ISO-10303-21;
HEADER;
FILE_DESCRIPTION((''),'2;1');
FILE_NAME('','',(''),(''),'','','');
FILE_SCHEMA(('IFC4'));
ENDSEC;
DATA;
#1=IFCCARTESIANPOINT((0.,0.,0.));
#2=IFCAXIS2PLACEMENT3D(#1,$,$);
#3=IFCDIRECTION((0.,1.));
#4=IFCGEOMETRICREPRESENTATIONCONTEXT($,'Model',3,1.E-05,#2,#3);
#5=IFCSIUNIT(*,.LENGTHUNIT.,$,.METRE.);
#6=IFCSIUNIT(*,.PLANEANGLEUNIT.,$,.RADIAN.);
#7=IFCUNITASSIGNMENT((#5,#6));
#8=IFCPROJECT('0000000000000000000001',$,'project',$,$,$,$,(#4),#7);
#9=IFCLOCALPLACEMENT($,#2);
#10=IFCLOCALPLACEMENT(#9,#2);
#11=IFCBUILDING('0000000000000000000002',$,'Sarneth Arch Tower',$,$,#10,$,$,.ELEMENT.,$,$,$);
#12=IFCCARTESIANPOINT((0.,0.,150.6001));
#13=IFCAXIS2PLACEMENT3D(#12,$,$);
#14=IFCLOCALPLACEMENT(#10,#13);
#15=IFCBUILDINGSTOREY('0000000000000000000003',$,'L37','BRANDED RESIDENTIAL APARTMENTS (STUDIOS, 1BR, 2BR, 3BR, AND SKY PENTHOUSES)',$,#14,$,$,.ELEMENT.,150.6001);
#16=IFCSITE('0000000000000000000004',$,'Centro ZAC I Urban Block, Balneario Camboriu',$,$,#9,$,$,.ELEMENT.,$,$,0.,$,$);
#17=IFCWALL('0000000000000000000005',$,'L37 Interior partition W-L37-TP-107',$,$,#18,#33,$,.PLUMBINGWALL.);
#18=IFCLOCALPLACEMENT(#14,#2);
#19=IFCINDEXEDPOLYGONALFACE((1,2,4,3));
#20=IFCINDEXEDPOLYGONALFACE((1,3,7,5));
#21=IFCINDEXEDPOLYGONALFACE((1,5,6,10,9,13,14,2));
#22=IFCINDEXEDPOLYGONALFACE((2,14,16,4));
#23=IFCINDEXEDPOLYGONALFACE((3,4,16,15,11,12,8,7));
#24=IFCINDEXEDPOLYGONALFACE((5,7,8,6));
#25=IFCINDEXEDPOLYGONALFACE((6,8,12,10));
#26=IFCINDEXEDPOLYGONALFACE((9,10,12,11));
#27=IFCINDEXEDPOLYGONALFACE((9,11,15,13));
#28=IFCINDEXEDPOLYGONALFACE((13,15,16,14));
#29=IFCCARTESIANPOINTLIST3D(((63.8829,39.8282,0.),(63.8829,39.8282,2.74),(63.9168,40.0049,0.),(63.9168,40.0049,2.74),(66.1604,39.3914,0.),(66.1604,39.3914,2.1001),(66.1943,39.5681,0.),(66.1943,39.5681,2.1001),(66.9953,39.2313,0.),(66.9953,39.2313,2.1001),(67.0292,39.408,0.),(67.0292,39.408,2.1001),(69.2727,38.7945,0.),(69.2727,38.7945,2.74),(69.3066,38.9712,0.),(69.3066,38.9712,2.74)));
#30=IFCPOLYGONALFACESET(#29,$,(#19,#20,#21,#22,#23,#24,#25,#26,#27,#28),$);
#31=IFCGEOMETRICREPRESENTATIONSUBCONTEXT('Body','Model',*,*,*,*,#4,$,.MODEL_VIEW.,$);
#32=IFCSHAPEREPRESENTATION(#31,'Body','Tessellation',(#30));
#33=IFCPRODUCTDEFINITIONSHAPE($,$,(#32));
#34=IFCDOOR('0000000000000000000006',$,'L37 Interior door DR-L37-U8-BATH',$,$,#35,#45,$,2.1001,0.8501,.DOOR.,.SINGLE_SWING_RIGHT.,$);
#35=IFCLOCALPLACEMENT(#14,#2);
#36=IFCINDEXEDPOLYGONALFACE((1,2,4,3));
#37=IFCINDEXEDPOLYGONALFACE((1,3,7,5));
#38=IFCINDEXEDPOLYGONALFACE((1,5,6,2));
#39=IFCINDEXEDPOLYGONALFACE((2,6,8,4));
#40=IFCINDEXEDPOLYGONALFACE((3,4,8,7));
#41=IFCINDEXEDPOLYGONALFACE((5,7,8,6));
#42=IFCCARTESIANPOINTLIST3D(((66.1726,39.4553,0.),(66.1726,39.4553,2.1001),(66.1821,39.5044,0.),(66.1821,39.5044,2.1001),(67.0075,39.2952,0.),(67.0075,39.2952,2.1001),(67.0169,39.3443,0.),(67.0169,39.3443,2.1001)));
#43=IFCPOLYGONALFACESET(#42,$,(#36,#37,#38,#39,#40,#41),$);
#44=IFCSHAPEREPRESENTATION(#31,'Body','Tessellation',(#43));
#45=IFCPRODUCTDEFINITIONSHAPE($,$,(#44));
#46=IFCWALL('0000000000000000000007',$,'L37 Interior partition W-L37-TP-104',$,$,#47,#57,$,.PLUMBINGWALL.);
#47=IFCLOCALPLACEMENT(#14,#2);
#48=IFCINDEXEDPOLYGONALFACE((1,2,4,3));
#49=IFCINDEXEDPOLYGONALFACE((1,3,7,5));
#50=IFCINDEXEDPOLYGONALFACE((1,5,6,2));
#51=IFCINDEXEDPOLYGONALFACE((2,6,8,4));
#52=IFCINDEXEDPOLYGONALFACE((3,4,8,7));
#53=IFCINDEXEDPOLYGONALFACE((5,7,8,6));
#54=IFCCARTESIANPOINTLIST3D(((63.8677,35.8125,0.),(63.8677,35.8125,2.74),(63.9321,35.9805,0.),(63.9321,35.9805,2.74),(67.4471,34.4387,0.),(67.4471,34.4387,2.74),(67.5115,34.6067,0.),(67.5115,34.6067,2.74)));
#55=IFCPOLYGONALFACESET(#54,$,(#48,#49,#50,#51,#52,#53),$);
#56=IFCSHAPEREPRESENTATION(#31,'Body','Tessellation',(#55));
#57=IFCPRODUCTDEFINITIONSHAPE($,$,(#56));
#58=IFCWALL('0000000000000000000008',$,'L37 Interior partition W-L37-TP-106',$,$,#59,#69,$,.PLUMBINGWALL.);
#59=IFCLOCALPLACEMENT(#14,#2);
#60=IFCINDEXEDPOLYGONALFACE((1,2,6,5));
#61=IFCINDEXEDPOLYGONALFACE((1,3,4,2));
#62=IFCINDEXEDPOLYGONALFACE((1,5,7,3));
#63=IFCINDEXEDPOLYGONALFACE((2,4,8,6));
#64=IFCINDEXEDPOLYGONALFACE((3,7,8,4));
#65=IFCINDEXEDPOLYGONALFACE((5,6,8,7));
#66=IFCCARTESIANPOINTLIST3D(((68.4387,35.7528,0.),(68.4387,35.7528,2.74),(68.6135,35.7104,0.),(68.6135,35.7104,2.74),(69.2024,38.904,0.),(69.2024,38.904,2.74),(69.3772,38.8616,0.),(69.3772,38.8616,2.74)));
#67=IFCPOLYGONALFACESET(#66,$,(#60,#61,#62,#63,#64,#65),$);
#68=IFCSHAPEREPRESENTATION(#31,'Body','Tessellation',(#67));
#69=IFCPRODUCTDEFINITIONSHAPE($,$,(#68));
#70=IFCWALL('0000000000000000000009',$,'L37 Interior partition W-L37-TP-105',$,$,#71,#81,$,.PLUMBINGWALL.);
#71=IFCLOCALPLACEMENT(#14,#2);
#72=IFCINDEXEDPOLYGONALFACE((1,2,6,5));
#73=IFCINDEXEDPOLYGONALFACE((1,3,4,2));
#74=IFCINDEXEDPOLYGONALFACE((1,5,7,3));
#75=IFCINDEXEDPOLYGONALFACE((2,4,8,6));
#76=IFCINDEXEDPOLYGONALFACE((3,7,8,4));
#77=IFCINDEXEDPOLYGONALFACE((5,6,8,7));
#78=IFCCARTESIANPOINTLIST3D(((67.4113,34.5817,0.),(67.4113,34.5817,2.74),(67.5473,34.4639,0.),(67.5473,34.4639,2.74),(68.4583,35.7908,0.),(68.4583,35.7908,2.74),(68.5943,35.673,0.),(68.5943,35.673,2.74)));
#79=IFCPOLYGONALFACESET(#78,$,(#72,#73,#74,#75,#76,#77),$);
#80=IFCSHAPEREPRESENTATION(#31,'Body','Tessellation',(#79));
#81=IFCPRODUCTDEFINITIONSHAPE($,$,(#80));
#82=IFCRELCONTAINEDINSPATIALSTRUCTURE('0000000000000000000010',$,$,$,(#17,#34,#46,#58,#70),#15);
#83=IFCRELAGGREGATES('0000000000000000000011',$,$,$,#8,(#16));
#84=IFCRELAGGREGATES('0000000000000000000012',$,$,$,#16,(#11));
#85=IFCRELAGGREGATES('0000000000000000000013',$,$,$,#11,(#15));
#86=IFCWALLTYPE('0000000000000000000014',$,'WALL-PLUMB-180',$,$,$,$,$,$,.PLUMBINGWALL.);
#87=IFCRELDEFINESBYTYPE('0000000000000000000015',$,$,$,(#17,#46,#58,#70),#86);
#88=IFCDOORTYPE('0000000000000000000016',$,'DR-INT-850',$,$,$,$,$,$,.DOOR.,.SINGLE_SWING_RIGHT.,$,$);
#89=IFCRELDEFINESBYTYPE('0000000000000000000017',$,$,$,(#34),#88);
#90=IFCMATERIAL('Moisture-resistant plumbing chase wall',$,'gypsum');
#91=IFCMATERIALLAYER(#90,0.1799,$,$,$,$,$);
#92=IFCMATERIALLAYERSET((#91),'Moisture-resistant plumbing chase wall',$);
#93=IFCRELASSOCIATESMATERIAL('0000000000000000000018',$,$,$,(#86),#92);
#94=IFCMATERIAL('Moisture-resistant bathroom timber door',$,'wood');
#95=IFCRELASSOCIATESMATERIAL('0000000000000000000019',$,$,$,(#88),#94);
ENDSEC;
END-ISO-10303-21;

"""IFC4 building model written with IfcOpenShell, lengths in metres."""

from ifc_helpers import new_model, si_unit, direction, frame, frame_2d, origin, place, context, subcontext, project, spatial, rectangle, extrude, material, layer, layer_set, type_object, element, fill, save


model = new_model("IFC4")

# Units and contexts
model_context = context("Model", 3, precision=1e-05, world=origin(), true_north=direction((0.0, 1.0)))
body_context = subcontext(model_context, "Body", "Model", "MODEL_VIEW")
ifc_project = project(units=[si_unit("LENGTHUNIT", "METRE"), si_unit("PLANEANGLEUNIT", "RADIAN")], contexts=[model_context])

# Site, building, storey
site_placement = place(None, origin())
site = spatial("IfcSite", under=ifc_project, at=site_placement, Name="Centro ZAC I Urban Block, Balneario Camboriu", CompositionType="ELEMENT", RefElevation=0.0)
building_placement = place(site_placement, origin())
building = spatial("IfcBuilding", under=site, at=building_placement, Name="Sarneth Arch Tower", CompositionType="ELEMENT")
storey_placement = place(building_placement, frame((0.0, 0.0, 150.6001)))
storey = spatial("IfcBuildingStorey", under=building, at=storey_placement, Name="L37", Description="BRANDED RESIDENTIAL APARTMENTS (STUDIOS, 1BR, 2BR, 3BR, AND SKY PENTHOUSES)", CompositionType="ELEMENT", Elevation=150.6001)

# Wall, opening, door
ifc_material_1 = material(Name="Moisture-resistant plumbing chase wall", Category="gypsum")
ifc_layer_1 = layer(ifc_material_1, 0.1799)
ifc_layer_set_1 = layer_set([ifc_layer_1], Name="Moisture-resistant plumbing chase wall")
wall_type_1 = type_object("IfcWallType", Name="WALL-PLUMB-180", PredefinedType="PLUMBINGWALL", material=ifc_layer_set_1)
wall_1_placement = place(storey_placement, frame((69.2898, 38.8828, 0.0), z_axis=(0.0, 0.0, 1.0), x_axis=(-0.982102, 0.188351, 0.0)))
wall_1 = element("IfcWall", 1, at=wall_1_placement, inside=storey, type_object=wall_type_1, Name="L37 Interior partition W-L37-TP-107", PredefinedType="PLUMBINGWALL", context=body_context, shape_type="SweptSolid", body=[
    extrude(rectangle(XDim=5.488, YDim=0.1799, at=frame_2d((2.7441, 0.0))), origin(), (0.0, 0.0, 1.0), 2.74),
])
opening_1_placement = place(wall_1_placement, frame((2.3191, 0.0, 0.0)))
opening_1 = element("IfcOpeningElement", 2, at=opening_1_placement, cuts=wall_1, PredefinedType="OPENING", context=body_context, shape_type="SweptSolid", body=[
    extrude(rectangle(XDim=0.8501, YDim=2.1001, at=frame_2d((0.425, 1.05))), frame((0.0, 0.0999, 0.0), z_axis=(0.0, -1.0, 0.0), x_axis=(1.0, 0.0, 0.0)), (0.0, 0.0, 1.0), 0.2),
])
ifc_material_2 = material(Name="Moisture-resistant bathroom timber door", Category="wood")
door_type_1 = type_object("IfcDoorType", Name="DR-INT-850", OperationType="SINGLE_SWING_RIGHT", PredefinedType="DOOR", material=ifc_material_2)
door_1_placement = place(opening_1_placement, origin())
door_1 = element("IfcDoor", 3, at=door_1_placement, inside=storey, type_object=door_type_1, Name="L37 Interior door DR-L37-U8-BATH", OperationType="SINGLE_SWING_RIGHT", OverallHeight=2.1001, OverallWidth=0.8501, PredefinedType="DOOR", context=body_context, shape_type="SweptSolid", body=[
    extrude(rectangle(XDim=0.8501, YDim=2.1001, at=frame_2d((0.425, 1.05))), frame((0.0, 0.0249, 0.0), z_axis=(0.0, -1.0, 0.0), x_axis=(1.0, 0.0, 0.0)), (0.0, 0.0, 1.0), 0.05),
])
fill(opening_1, door_1)

# Walls
wall_2_placement = place(storey_placement, frame((63.8999, 35.8965, 0.0), z_axis=(0.0, 0.0, 1.0), x_axis=(0.933598, -0.358322, 0.0)))
element("IfcWall", 4, at=wall_2_placement, inside=storey, type_object=wall_type_1, Name="L37 Interior partition W-L37-TP-104", PredefinedType="PLUMBINGWALL", context=body_context, shape_type="SweptSolid", body=[
    extrude(rectangle(XDim=3.834, YDim=0.1799, at=frame_2d((1.917, 0.0))), origin(), (0.0, 0.0, 1.0), 2.74),
])
wall_3_placement = place(storey_placement, frame((68.5261, 35.7317, 0.0), z_axis=(0.0, 0.0, 1.0), x_axis=(0.235531, 0.971867, 0.0)))
element("IfcWall", 5, at=wall_3_placement, inside=storey, type_object=wall_type_1, Name="L37 Interior partition W-L37-TP-106", PredefinedType="PLUMBINGWALL", context=body_context, shape_type="SweptSolid", body=[
    extrude(rectangle(XDim=3.2424, YDim=0.1799, at=frame_2d((1.6211, 0.0))), origin(), (0.0, 0.0, 1.0), 2.74),
])
wall_4_placement = place(storey_placement, frame((67.4792, 34.5227, 0.0), z_axis=(0.0, 0.0, 1.0), x_axis=(0.654605, 0.755971, 0.0)))
element("IfcWall", 6, at=wall_4_placement, inside=storey, type_object=wall_type_1, Name="L37 Interior partition W-L37-TP-105", PredefinedType="PLUMBINGWALL", context=body_context, shape_type="SweptSolid", body=[
    extrude(rectangle(XDim=1.5994, YDim=0.1799, at=frame_2d((0.7998, 0.0))), origin(), (0.0, 0.0, 1.0), 2.74),
])

save(model, "model.ifc")
